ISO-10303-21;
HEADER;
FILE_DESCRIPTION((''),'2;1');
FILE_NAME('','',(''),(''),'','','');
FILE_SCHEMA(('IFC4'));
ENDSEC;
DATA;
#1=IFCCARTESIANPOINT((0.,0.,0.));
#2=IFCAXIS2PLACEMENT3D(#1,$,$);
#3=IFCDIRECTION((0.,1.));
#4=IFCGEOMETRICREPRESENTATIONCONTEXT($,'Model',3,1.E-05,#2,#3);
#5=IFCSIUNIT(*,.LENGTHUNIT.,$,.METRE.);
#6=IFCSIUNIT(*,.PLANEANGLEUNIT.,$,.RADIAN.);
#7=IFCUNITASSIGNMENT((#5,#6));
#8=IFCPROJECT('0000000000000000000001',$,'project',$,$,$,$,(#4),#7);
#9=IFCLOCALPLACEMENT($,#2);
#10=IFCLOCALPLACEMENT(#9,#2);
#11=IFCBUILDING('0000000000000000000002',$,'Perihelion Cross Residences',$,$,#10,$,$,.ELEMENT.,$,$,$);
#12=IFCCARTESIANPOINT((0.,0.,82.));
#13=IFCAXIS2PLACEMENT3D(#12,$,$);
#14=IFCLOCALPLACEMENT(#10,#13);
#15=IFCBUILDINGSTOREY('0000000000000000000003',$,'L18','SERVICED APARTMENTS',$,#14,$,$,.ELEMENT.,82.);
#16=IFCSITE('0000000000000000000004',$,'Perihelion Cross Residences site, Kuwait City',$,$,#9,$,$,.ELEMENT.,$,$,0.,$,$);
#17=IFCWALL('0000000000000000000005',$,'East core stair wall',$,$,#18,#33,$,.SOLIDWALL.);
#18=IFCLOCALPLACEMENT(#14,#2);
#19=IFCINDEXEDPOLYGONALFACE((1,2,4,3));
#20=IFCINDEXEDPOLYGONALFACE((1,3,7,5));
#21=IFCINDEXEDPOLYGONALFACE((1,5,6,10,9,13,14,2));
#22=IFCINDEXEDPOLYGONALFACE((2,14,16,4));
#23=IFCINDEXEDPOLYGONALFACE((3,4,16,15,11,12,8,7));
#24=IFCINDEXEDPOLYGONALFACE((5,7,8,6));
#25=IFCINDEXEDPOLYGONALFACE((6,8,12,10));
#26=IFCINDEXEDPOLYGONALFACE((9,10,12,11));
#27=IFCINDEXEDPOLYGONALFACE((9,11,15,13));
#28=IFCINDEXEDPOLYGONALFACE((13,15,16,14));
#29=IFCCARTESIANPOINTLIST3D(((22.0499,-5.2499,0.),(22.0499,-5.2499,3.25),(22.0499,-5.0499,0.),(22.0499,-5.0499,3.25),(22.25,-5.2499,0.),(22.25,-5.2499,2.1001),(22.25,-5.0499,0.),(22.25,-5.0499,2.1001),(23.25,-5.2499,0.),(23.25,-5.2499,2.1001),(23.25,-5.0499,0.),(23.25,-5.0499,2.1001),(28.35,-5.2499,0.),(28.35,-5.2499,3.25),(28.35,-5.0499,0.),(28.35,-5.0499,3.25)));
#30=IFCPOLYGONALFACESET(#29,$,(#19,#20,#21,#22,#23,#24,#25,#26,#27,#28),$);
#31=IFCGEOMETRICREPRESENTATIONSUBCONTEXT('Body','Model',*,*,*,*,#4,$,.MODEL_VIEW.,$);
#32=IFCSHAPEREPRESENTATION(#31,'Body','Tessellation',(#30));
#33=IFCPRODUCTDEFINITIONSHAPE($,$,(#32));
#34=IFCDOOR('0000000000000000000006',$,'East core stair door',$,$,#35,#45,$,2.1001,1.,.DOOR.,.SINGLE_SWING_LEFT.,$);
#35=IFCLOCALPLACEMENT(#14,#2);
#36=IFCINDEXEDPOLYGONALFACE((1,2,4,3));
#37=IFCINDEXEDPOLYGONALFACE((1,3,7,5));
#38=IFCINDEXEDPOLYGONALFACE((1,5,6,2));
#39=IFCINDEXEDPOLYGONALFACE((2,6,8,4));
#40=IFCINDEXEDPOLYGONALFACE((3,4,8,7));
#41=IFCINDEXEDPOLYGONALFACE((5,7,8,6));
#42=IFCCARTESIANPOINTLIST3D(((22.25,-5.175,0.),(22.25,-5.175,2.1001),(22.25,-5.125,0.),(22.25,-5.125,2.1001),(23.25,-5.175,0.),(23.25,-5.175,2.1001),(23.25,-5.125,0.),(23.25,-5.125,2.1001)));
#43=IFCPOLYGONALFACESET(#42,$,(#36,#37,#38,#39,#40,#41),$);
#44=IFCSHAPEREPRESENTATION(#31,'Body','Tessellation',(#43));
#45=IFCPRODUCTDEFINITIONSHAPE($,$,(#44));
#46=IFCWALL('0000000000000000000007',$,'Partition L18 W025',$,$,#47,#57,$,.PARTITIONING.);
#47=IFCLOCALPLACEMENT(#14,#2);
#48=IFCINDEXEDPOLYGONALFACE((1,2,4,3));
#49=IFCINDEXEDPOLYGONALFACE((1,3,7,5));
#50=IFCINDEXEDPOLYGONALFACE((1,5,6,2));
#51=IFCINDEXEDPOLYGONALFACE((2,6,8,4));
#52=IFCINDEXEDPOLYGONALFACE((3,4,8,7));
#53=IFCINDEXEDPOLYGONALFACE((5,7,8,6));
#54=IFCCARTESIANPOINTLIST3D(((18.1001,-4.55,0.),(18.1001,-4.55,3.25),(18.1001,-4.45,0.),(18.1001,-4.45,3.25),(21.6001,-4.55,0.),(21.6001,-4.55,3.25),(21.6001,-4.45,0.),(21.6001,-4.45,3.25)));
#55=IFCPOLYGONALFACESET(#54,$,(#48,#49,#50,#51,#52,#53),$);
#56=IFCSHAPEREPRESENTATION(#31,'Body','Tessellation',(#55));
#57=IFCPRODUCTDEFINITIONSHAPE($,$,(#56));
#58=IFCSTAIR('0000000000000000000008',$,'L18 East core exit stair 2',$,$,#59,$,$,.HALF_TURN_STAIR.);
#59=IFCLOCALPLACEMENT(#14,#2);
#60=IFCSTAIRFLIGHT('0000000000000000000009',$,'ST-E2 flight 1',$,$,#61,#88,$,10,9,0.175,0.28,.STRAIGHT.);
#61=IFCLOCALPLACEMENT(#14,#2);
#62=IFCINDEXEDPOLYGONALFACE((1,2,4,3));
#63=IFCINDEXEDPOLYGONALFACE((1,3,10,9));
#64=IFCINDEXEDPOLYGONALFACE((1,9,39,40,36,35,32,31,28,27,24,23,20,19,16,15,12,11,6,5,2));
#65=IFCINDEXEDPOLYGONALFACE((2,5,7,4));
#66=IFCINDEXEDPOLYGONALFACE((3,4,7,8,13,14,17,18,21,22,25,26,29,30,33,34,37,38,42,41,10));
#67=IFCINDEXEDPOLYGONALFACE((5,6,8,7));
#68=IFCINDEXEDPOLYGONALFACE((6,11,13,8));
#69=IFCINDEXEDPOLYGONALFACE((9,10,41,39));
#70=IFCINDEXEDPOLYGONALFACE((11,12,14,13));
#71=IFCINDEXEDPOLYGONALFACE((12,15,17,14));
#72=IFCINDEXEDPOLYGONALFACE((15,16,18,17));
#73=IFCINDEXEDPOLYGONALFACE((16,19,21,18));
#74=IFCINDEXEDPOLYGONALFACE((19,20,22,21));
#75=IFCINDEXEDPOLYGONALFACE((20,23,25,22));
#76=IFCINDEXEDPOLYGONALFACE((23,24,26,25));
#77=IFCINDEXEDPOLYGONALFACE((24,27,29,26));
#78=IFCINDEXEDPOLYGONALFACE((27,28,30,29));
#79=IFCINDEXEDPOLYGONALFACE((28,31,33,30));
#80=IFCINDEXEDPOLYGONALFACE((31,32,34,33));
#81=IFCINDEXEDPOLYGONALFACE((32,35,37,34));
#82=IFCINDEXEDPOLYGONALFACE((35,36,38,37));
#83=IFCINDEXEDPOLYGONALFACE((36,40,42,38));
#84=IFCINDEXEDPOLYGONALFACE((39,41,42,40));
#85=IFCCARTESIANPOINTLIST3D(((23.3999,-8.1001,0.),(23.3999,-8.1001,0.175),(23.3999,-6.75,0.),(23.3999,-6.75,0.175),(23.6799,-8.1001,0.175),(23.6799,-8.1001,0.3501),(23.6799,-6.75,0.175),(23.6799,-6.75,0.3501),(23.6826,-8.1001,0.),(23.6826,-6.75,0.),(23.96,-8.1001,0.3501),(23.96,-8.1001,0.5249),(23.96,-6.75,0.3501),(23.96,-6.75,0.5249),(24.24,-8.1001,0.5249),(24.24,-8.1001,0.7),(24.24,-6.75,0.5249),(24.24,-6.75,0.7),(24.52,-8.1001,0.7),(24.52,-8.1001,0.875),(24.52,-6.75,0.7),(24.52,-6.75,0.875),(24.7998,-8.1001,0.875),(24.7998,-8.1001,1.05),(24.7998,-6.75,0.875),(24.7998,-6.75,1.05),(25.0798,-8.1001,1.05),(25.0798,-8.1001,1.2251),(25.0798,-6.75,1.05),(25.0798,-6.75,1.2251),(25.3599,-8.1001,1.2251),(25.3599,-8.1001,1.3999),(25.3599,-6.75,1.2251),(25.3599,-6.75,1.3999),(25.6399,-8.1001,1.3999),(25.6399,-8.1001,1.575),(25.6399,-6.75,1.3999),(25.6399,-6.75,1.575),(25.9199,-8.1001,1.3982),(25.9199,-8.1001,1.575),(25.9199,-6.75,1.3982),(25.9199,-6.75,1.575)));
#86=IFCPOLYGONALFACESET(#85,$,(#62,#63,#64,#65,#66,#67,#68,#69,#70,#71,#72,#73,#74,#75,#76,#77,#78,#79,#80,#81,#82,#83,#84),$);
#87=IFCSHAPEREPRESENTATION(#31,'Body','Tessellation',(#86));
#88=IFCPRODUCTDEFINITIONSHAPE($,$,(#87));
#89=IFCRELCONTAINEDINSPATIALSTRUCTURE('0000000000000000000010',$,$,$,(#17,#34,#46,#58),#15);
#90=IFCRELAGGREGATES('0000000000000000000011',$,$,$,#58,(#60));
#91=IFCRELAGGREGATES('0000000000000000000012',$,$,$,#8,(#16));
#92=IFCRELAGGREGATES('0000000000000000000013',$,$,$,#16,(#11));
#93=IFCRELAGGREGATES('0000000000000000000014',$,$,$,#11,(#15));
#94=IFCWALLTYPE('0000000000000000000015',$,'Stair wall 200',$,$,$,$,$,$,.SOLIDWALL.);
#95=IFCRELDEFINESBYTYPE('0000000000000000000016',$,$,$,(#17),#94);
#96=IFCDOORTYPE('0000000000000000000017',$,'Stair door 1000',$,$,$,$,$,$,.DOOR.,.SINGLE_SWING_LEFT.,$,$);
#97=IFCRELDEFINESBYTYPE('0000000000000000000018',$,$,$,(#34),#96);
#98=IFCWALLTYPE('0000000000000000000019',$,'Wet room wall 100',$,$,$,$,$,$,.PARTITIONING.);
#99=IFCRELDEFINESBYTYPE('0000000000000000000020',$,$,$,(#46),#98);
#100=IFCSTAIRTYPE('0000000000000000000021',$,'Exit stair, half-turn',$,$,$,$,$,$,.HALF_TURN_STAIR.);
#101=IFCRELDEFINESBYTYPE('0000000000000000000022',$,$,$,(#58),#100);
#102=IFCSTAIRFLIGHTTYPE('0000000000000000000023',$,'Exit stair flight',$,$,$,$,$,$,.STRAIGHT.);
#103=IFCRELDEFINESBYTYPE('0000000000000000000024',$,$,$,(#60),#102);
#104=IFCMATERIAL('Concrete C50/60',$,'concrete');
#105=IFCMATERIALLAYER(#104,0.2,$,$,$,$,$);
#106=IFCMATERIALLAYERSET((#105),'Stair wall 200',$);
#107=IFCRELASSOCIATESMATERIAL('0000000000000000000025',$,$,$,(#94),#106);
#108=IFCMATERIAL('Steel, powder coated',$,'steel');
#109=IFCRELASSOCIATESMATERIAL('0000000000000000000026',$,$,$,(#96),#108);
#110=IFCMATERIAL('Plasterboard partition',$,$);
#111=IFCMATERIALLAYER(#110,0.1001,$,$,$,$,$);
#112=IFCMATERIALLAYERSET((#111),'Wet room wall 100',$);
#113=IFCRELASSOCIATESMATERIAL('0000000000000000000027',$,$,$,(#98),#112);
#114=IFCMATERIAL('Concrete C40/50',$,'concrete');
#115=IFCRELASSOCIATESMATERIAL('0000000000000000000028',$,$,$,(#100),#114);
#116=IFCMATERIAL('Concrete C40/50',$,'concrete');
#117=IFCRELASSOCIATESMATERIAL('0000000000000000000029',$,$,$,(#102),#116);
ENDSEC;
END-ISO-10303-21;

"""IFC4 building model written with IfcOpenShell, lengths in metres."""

from ifc_helpers import new_model, si_unit, direction, frame, frame_2d, origin, place, context, subcontext, project, spatial, polyline, rectangle, outline, extrude, material, layer, layer_set, type_object, element, fill, aggregate, save


model = new_model("IFC4")

# Units and contexts
model_context = context("Model", 3, precision=1e-05, world=origin(), true_north=direction((0.0, 1.0)))
body_context = subcontext(model_context, "Body", "Model", "MODEL_VIEW")
ifc_project = project(units=[si_unit("LENGTHUNIT", "METRE"), si_unit("PLANEANGLEUNIT", "RADIAN")], contexts=[model_context])

# Site, building, storey
site_placement = place(None, origin())
site = spatial("IfcSite", under=ifc_project, at=site_placement, Name="Perihelion Cross Residences site, Kuwait City", CompositionType="ELEMENT", RefElevation=0.0)
building_placement = place(site_placement, origin())
building = spatial("IfcBuilding", under=site, at=building_placement, Name="Perihelion Cross Residences", CompositionType="ELEMENT")
storey_placement = place(building_placement, frame((0.0, 0.0, 82.0)))
storey = spatial("IfcBuildingStorey", under=building, at=storey_placement, Name="L18", Description="SERVICED APARTMENTS", CompositionType="ELEMENT", Elevation=82.0)

# Wall, opening, door
ifc_material_1 = material(Name="Concrete C50/60", Category="concrete")
ifc_layer_1 = layer(ifc_material_1, 0.2)
ifc_layer_set_1 = layer_set([ifc_layer_1], Name="Stair wall 200")
wall_type_1 = type_object("IfcWallType", Name="Stair wall 200", PredefinedType="SOLIDWALL", material=ifc_layer_set_1)
wall_1_placement = place(storey_placement, frame((22.05, -5.1499, 0.0), z_axis=(0.0, 0.0, 1.0), x_axis=(1.0, 0.0, 0.0)))
wall_1 = element("IfcWall", 1, at=wall_1_placement, inside=storey, type_object=wall_type_1, Name="East core stair wall", PredefinedType="SOLIDWALL", context=body_context, shape_type="SweptSolid", body=[
    extrude(rectangle(XDim=6.3, YDim=0.2, at=frame_2d((3.1499, 0.0))), origin(), (0.0, 0.0, 1.0), 3.25),
])
opening_1_placement = place(wall_1_placement, frame((0.2, 0.0, 0.0)))
opening_1 = element("IfcOpeningElement", 2, at=opening_1_placement, cuts=wall_1, PredefinedType="OPENING", context=body_context, shape_type="SweptSolid", body=[
    extrude(rectangle(XDim=1.0, YDim=2.1001, at=frame_2d((0.5, 1.05))), frame((0.0, 0.1099, 0.0), z_axis=(0.0, -1.0, 0.0), x_axis=(1.0, 0.0, 0.0)), (0.0, 0.0, 1.0), 0.22),
])
ifc_material_2 = material(Name="Steel, powder coated", Category="steel")
door_type_1 = type_object("IfcDoorType", Name="Stair door 1000", OperationType="SINGLE_SWING_LEFT", PredefinedType="DOOR", material=ifc_material_2)
door_1_placement = place(opening_1_placement, origin())
door_1 = element("IfcDoor", 3, at=door_1_placement, inside=storey, type_object=door_type_1, Name="East core stair door", OperationType="SINGLE_SWING_LEFT", OverallHeight=2.1001, OverallWidth=1.0, PredefinedType="DOOR", context=body_context, shape_type="SweptSolid", body=[
    extrude(rectangle(XDim=1.0, YDim=2.1001, at=frame_2d((0.5, 1.05))), frame((0.0, 0.0249, 0.0), z_axis=(0.0, -1.0, 0.0), x_axis=(1.0, 0.0, 0.0)), (0.0, 0.0, 1.0), 0.05),
])
fill(opening_1, door_1)

# Wall
ifc_material_3 = material(Name="Plasterboard partition")
ifc_layer_2 = layer(ifc_material_3, 0.1001)
ifc_layer_set_2 = layer_set([ifc_layer_2], Name="Wet room wall 100")
wall_type_2 = type_object("IfcWallType", Name="Wet room wall 100", PredefinedType="PARTITIONING", material=ifc_layer_set_2)
wall_2_placement = place(storey_placement, frame((21.6001, -4.5, 0.0), z_axis=(0.0, 0.0, 1.0), x_axis=(-1.0, 0.0, 0.0)))
element("IfcWall", 4, at=wall_2_placement, inside=storey, type_object=wall_type_2, Name="Partition L18 W025", PredefinedType="PARTITIONING", context=body_context, shape_type="SweptSolid", body=[
    extrude(rectangle(XDim=3.5, YDim=0.1001, at=frame_2d((1.75, 0.0))), origin(), (0.0, 0.0, 1.0), 3.25),
])

# Stair, stair flight
ifc_material_4 = material(Name="Concrete C40/50", Category="concrete")
stair_type = type_object("IfcStairType", Name="Exit stair, half-turn", PredefinedType="HALF_TURN_STAIR", material=ifc_material_4)
stair_placement = place(storey_placement, origin())
stair = element("IfcStair", 5, at=stair_placement, inside=storey, type_object=stair_type, Name="L18 East core exit stair 2", PredefinedType="HALF_TURN_STAIR")
ifc_material_5 = material(Name="Concrete C40/50", Category="concrete")
stair_flight_type = type_object("IfcStairFlightType", Name="Exit stair flight", PredefinedType="STRAIGHT", material=ifc_material_5)
stair_flight_placement = place(storey_placement, frame((23.3999, -7.425, 0.0), z_axis=(0.0, 0.0, 1.0), x_axis=(1.0, 0.0, 0.0)))
stair_flight = element("IfcStairFlight", 6, at=stair_flight_placement, type_object=stair_flight_type, Name="ST-E2 flight 1", NumberOfRisers=10, NumberOfTreads=9, PredefinedType="STRAIGHT", RiserHeight=0.175, TreadLength=0.28, context=body_context, shape_type="SweptSolid", body=[
    extrude(outline(polyline([(0.0, 0.0), (0.0, 0.175), (0.28, 0.175), (0.28, 0.3501), (0.5601, 0.3501), (0.5601, 0.5249), (0.8401, 0.5249), (0.8401, 0.7), (1.1201, 0.7), (1.1201, 0.875), (1.3999, 0.875), (1.3999, 1.05), (1.6799, 1.05), (1.6799, 1.2251), (1.96, 1.2251), (1.96, 1.3999), (2.24, 1.3999), (2.24, 1.575), (2.52, 1.575), (2.52, 1.75), (2.52, 1.3982), (0.2827, 0.0), (0.0, 0.0)])), frame((0.0, 0.675, 0.0), z_axis=(0.0, -1.0, 0.0), x_axis=(1.0, 0.0, 0.0)), (0.0, 0.0, 1.0), 1.3501),
])
aggregate(stair, [stair_flight])

save(model, "model.ifc")
